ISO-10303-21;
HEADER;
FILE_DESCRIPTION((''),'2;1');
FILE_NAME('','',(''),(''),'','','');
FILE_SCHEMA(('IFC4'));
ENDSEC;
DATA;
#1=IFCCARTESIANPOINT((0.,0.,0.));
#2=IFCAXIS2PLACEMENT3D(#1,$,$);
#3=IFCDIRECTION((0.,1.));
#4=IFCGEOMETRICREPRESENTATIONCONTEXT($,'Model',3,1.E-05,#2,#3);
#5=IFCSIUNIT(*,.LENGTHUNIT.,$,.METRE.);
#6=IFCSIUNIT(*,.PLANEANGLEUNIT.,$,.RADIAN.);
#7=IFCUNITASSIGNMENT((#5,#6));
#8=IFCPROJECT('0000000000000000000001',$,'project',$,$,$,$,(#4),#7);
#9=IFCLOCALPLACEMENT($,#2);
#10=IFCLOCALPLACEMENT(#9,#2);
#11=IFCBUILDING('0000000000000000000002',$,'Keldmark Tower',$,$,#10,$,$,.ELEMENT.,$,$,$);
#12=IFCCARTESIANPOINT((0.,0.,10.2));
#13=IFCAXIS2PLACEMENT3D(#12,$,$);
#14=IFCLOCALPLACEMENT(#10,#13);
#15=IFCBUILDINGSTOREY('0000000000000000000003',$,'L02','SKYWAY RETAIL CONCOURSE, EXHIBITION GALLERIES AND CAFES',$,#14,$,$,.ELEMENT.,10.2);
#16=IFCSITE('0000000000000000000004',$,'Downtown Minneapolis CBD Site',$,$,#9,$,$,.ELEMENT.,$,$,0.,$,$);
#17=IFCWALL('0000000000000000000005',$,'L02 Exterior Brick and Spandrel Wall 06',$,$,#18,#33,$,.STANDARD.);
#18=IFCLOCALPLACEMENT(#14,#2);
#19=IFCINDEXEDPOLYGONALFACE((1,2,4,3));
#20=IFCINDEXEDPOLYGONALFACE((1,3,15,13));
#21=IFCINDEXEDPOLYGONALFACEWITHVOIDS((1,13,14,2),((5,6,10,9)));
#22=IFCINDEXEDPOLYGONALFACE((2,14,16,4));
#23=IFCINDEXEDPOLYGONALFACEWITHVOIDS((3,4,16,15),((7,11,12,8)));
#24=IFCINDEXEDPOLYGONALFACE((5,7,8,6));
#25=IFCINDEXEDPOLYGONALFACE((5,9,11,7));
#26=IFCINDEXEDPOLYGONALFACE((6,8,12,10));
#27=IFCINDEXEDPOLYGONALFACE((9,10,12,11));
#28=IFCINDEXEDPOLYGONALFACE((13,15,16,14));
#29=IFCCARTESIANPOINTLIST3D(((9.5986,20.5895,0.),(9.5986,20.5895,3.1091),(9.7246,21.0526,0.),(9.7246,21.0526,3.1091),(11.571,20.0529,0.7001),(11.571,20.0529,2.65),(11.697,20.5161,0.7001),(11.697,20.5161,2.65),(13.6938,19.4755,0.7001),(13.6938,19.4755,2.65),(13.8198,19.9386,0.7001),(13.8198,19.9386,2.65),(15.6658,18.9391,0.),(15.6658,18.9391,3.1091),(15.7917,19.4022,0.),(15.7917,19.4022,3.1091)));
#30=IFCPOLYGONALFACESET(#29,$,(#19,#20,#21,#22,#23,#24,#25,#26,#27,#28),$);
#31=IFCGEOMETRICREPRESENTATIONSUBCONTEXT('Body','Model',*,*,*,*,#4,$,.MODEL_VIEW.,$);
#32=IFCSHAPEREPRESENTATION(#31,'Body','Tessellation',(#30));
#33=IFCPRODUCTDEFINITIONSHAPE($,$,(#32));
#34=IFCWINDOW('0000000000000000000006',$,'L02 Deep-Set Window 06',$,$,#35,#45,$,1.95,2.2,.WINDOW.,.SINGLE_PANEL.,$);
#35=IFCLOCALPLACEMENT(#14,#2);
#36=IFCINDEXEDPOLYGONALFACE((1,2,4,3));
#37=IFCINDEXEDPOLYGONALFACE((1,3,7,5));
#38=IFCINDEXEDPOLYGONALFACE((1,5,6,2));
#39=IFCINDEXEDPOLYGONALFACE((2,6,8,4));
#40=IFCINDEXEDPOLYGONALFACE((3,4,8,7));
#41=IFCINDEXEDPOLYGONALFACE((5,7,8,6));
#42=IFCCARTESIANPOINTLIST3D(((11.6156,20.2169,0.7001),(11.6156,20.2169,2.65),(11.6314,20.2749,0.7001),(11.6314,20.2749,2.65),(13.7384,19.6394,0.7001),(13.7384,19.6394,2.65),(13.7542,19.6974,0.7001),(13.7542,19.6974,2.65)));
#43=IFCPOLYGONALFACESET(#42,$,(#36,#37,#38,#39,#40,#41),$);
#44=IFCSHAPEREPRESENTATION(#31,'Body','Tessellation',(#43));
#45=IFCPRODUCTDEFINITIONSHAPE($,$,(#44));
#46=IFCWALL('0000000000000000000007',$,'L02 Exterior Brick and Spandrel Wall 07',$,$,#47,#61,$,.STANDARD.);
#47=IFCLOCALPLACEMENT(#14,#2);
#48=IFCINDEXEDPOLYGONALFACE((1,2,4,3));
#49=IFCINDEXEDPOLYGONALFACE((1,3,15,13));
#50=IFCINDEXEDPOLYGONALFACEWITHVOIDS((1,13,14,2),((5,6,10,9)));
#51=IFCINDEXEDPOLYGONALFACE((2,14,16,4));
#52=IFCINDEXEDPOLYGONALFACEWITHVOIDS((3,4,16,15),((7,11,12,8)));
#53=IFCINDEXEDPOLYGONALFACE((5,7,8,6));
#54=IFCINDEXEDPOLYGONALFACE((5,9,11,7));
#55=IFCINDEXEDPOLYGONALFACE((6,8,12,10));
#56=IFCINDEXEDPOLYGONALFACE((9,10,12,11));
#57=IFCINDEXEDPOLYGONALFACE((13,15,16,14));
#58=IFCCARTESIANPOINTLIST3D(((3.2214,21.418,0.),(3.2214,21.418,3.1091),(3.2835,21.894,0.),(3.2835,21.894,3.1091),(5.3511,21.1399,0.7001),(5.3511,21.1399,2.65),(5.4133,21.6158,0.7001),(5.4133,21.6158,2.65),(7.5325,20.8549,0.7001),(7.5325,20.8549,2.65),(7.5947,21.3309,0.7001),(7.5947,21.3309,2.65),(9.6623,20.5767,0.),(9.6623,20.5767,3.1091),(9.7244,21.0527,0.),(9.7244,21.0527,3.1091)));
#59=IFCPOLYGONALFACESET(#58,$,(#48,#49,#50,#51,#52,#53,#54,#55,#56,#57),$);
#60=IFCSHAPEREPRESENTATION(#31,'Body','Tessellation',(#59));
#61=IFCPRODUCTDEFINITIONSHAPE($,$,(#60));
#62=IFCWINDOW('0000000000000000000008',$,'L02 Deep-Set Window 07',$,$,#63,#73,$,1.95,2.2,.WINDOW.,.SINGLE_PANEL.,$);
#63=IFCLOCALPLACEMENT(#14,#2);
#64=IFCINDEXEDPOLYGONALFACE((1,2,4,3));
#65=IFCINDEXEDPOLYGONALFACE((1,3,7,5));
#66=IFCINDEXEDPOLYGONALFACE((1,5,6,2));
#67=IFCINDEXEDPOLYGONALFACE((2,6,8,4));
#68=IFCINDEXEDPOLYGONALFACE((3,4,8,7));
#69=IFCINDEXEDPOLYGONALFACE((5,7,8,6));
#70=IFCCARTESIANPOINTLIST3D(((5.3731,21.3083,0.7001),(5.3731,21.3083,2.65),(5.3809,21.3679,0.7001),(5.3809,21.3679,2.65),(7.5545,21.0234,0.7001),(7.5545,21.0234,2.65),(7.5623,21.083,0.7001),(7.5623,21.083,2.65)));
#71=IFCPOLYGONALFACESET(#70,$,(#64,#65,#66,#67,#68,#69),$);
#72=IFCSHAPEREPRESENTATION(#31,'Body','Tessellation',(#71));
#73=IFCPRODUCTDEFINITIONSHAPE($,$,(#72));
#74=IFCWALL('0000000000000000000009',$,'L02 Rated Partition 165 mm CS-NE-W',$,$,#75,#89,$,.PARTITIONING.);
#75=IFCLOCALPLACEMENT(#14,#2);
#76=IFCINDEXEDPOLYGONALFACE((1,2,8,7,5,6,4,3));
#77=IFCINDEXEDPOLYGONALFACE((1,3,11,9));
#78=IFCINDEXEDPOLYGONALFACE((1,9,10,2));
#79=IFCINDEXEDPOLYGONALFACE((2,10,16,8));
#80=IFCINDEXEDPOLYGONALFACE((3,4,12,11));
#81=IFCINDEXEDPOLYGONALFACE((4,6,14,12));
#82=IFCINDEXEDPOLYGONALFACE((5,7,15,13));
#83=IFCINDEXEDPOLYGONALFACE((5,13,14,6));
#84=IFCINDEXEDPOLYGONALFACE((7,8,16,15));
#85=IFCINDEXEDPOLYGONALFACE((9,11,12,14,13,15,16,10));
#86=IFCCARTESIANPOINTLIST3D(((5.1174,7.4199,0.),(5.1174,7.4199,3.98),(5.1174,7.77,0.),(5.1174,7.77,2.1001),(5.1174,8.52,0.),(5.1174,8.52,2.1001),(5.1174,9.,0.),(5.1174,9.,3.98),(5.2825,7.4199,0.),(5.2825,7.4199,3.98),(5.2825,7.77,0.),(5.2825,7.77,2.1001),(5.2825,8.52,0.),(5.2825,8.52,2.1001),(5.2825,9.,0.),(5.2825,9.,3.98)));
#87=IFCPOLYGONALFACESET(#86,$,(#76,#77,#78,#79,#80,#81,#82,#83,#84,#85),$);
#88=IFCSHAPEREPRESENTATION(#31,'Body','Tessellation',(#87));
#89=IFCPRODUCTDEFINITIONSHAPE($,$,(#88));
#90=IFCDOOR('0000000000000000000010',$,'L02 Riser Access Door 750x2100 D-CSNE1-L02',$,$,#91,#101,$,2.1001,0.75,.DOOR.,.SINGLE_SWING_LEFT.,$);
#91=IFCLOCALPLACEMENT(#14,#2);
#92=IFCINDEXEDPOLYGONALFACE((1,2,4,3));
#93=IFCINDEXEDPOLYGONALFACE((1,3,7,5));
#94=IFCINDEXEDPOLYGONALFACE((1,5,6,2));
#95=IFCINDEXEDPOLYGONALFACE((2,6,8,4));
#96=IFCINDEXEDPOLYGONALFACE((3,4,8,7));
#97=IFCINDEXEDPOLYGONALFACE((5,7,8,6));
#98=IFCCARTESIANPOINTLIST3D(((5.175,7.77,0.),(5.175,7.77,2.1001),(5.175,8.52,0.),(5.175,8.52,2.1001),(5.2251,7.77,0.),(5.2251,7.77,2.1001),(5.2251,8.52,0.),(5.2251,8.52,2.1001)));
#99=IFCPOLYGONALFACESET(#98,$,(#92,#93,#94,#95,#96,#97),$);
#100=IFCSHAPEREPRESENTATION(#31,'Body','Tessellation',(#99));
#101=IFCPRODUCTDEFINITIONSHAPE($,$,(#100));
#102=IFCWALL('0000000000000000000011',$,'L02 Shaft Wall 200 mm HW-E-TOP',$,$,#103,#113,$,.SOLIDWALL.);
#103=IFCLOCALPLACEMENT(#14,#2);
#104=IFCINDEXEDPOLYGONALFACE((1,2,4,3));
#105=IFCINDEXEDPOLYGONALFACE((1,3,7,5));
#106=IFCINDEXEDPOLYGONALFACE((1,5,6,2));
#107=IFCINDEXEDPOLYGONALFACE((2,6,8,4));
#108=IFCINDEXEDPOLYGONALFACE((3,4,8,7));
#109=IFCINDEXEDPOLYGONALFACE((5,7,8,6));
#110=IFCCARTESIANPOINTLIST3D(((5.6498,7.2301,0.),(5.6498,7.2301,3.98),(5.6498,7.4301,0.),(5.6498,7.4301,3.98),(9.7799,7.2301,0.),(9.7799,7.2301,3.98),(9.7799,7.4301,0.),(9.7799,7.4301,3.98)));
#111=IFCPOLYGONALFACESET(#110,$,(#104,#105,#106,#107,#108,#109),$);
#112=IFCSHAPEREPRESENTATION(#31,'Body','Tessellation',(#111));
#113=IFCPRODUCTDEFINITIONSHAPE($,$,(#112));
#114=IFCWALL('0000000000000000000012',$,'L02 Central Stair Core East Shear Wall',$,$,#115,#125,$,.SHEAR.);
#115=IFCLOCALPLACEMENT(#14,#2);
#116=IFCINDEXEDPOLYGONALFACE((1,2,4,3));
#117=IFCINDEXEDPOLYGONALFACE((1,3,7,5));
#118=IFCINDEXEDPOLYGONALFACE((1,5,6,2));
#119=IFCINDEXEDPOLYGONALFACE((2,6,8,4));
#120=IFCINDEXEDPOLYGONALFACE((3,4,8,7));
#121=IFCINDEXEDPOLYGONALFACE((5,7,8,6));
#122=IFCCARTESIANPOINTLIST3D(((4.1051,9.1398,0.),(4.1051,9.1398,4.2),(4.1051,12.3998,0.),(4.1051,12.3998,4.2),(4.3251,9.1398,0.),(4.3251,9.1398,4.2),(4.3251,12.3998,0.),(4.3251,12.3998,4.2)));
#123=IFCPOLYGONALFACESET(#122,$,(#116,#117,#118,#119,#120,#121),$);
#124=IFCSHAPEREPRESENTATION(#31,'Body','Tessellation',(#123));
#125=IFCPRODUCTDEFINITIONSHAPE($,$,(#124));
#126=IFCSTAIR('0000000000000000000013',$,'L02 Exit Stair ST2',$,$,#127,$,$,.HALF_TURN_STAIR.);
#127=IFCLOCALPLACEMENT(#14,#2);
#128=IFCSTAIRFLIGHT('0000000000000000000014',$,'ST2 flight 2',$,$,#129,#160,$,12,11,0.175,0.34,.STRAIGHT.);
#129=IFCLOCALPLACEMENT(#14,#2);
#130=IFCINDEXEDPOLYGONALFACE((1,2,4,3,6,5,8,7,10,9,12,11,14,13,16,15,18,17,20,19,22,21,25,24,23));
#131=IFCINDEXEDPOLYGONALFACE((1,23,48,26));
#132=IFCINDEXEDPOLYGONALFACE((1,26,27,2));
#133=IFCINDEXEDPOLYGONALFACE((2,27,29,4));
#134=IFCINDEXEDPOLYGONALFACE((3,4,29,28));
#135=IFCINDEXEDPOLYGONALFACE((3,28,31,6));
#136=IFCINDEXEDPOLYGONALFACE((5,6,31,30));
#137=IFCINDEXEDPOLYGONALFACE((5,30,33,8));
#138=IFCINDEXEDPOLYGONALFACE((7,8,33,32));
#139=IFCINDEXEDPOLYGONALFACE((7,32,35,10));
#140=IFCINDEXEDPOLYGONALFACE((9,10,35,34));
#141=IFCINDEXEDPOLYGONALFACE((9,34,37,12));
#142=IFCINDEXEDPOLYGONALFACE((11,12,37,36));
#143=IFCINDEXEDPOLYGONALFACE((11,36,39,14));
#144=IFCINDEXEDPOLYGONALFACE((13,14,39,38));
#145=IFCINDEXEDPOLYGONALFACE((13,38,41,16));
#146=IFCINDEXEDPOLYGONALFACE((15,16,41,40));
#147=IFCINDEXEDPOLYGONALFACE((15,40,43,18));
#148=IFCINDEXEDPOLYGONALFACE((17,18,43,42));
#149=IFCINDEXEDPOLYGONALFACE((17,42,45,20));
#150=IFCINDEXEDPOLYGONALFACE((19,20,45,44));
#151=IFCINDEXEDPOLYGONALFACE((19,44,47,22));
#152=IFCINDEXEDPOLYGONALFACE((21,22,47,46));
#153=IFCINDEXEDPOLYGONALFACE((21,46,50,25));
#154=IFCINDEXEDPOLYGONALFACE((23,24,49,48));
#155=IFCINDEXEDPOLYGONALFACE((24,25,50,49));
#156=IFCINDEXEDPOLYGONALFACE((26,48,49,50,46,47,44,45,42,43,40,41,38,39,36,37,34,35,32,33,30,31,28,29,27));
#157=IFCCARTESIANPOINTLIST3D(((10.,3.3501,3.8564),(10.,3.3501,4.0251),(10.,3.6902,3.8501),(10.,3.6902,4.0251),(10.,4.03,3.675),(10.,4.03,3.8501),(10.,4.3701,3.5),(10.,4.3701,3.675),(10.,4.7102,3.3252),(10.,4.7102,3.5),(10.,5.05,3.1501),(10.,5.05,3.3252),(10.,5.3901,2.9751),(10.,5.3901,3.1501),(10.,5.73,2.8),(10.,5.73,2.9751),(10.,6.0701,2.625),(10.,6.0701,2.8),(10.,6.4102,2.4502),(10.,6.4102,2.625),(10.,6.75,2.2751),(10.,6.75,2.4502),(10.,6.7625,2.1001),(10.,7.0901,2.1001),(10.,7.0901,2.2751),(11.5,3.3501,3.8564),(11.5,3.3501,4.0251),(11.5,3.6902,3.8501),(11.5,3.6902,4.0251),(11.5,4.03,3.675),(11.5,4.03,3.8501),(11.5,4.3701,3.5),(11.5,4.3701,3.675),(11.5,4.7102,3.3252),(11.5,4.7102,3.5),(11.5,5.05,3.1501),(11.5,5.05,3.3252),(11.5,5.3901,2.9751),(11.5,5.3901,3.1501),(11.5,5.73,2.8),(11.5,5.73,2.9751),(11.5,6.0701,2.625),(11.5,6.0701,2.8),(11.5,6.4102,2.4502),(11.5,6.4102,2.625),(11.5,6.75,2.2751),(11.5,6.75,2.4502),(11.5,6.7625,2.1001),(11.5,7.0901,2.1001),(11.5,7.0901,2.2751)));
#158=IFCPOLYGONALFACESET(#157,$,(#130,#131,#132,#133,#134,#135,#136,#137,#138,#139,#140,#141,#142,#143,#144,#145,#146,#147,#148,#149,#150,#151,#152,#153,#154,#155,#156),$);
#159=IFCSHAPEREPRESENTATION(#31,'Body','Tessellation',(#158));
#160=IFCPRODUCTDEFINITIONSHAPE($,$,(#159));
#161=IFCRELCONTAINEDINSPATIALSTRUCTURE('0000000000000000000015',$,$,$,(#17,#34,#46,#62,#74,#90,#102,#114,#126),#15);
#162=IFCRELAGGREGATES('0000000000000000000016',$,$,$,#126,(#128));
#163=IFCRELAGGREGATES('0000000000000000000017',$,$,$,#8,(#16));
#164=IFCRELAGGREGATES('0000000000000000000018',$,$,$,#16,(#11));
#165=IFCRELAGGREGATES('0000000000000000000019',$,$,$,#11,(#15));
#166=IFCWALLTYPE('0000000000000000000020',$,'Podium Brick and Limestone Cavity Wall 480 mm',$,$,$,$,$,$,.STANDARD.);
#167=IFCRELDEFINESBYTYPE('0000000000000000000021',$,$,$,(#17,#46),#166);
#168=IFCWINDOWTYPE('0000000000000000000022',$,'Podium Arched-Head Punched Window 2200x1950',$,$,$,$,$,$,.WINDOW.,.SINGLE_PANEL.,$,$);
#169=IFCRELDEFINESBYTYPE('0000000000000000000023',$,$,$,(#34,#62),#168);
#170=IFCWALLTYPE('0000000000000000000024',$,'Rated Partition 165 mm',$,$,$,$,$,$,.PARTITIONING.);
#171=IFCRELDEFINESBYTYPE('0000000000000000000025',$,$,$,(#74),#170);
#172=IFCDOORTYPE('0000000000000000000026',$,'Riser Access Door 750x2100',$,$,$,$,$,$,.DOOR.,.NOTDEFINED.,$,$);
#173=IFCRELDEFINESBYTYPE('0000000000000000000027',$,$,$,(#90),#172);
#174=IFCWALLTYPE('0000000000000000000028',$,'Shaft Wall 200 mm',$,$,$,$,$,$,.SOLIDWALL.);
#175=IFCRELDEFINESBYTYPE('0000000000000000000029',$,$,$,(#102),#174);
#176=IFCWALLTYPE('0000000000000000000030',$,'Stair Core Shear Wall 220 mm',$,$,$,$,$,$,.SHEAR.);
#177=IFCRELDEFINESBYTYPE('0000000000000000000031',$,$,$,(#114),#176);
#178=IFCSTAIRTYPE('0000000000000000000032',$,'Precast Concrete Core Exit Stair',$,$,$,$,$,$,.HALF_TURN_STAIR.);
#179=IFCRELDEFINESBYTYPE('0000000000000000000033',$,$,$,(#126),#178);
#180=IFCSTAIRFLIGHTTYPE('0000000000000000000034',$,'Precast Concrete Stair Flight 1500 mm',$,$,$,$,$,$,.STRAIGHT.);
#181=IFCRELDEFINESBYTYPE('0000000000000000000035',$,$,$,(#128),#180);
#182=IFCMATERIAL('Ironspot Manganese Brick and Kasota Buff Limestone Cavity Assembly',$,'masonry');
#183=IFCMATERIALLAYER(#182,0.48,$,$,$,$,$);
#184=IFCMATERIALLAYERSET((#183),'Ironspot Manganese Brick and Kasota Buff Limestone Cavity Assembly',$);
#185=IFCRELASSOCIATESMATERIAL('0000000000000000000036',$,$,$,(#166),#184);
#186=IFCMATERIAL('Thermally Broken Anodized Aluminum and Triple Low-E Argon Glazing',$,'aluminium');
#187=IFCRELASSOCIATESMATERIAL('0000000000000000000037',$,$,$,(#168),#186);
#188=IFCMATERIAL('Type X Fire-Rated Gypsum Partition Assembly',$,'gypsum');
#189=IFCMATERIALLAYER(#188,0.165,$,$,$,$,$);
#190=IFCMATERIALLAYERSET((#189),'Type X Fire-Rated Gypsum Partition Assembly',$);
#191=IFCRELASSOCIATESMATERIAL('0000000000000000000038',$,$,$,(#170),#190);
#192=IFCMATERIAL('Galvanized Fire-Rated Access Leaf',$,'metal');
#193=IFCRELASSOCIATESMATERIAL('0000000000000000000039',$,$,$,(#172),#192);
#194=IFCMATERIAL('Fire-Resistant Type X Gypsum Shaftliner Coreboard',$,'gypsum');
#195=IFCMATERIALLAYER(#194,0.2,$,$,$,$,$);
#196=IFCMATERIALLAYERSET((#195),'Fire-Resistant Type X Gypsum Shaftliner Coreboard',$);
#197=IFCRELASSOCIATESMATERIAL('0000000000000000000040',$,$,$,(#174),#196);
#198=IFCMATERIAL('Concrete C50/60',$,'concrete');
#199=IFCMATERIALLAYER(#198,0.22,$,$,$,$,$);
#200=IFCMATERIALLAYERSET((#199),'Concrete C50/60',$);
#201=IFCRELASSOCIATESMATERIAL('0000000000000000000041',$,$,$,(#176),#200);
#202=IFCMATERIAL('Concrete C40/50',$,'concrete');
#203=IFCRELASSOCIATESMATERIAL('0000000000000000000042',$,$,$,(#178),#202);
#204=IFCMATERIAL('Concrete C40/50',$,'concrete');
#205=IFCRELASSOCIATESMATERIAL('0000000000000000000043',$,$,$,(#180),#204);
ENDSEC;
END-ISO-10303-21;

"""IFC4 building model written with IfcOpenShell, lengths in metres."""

from ifc_helpers import new_model, si_unit, direction, frame, frame_2d, origin, place, context, subcontext, project, spatial, polyline, rectangle, outline, extrude, material, layer, layer_set, type_object, element, fill, aggregate, save


model = new_model("IFC4")

# Units and contexts
model_context = context("Model", 3, precision=1e-05, world=origin(), true_north=direction((0.0, 1.0)))
body_context = subcontext(model_context, "Body", "Model", "MODEL_VIEW")
ifc_project = project(units=[si_unit("LENGTHUNIT", "METRE"), si_unit("PLANEANGLEUNIT", "RADIAN")], contexts=[model_context])

# Site, building, storey
site_placement = place(None, origin())
site = spatial("IfcSite", under=ifc_project, at=site_placement, Name="Downtown Minneapolis CBD Site", CompositionType="ELEMENT", RefElevation=0.0)
building_placement = place(site_placement, origin())
building = spatial("IfcBuilding", under=site, at=building_placement, Name="Keldmark Tower", CompositionType="ELEMENT")
storey_placement = place(building_placement, frame((0.0, 0.0, 10.2)))
storey = spatial("IfcBuildingStorey", under=building, at=storey_placement, Name="L02", Description="SKYWAY RETAIL CONCOURSE, EXHIBITION GALLERIES AND CAFES", CompositionType="ELEMENT", Elevation=10.2)

# Walls, openings, windows
ifc_material_1 = material(Name="Ironspot Manganese Brick and Kasota Buff Limestone Cavity Assembly", Category="masonry")
ifc_layer_1 = layer(ifc_material_1, 0.48)
ifc_layer_set_1 = layer_set([ifc_layer_1], Name="Ironspot Manganese Brick and Kasota Buff Limestone Cavity Assembly")
wall_type_1 = type_object("IfcWallType", Name="Podium Brick and Limestone Cavity Wall 480 mm", PredefinedType="STANDARD", material=ifc_layer_set_1)
wall_1_placement = place(storey_placement, frame((9.6616, 20.821, 0.0), z_axis=(0.0, 0.0, 1.0), x_axis=(0.964937, -0.262483, 0.0)))
wall_1 = element("IfcWall", 1, at=wall_1_placement, inside=storey, type_object=wall_type_1, Name="L02 Exterior Brick and Spandrel Wall 06", PredefinedType="STANDARD", context=body_context, shape_type="SweptSolid", body=[
    extrude(rectangle(XDim=6.2876, YDim=0.48, at=frame_2d((3.1438, 0.0))), origin(), (0.0, 0.0, 1.0), 3.1091),
])
opening_1_placement = place(wall_1_placement, frame((2.0439, 0.0, 0.7)))
opening_1 = element("IfcOpeningElement", 2, at=opening_1_placement, cuts=wall_1, PredefinedType="OPENING", context=body_context, shape_type="SweptSolid", body=[
    extrude(rectangle(XDim=2.2, YDim=1.95, at=frame_2d((1.1001, 0.9751))), frame((0.0, 0.25, 0.0), z_axis=(0.0, -1.0, 0.0), x_axis=(1.0, 0.0, 0.0)), (0.0, 0.0, 1.0), 0.5),
])
ifc_material_2 = material(Name="Thermally Broken Anodized Aluminum and Triple Low-E Argon Glazing", Category="aluminium")
window_type = type_object("IfcWindowType", Name="Podium Arched-Head Punched Window 2200x1950", PartitioningType="SINGLE_PANEL", PredefinedType="WINDOW", material=ifc_material_2)
window_1_placement = place(opening_1_placement, origin())
window_1 = element("IfcWindow", 3, at=window_1_placement, inside=storey, type_object=window_type, Name="L02 Deep-Set Window 06", OverallHeight=1.95, OverallWidth=2.2, PartitioningType="SINGLE_PANEL", PredefinedType="WINDOW", context=body_context, shape_type="SweptSolid", body=[
    extrude(rectangle(XDim=2.2, YDim=1.95, at=frame_2d((1.1001, 0.9751))), frame((0.0, -0.01, 0.0), z_axis=(0.0, -1.0, 0.0), x_axis=(1.0, 0.0, 0.0)), (0.0, 0.0, 1.0), 0.0601),
])
fill(opening_1, window_1)
wall_2_placement = place(storey_placement, frame((3.2524, 21.656, 0.0), z_axis=(0.0, 0.0, 1.0), x_axis=(0.991577, -0.129519, 0.0)))
wall_2 = element("IfcWall", 4, at=wall_2_placement, inside=storey, type_object=wall_type_1, Name="L02 Exterior Brick and Spandrel Wall 07", PredefinedType="STANDARD", context=body_context, shape_type="SweptSolid", body=[
    extrude(rectangle(XDim=6.4956, YDim=0.48, at=frame_2d((3.2478, 0.0))), origin(), (0.0, 0.0, 1.0), 3.1091),
])
opening_2_placement = place(wall_2_placement, frame((2.1477, 0.0, 0.7)))
opening_2 = element("IfcOpeningElement", 5, at=opening_2_placement, cuts=wall_2, PredefinedType="OPENING", context=body_context, shape_type="SweptSolid", body=[
    extrude(rectangle(XDim=2.2, YDim=1.95, at=frame_2d((1.1001, 0.9751))), frame((0.0, 0.25, 0.0), z_axis=(0.0, -1.0, 0.0), x_axis=(1.0, 0.0, 0.0)), (0.0, 0.0, 1.0), 0.5),
])
window_2_placement = place(opening_2_placement, origin())
window_2 = element("IfcWindow", 6, at=window_2_placement, inside=storey, type_object=window_type, Name="L02 Deep-Set Window 07", OverallHeight=1.95, OverallWidth=2.2, PartitioningType="SINGLE_PANEL", PredefinedType="WINDOW", context=body_context, shape_type="SweptSolid", body=[
    extrude(rectangle(XDim=2.2, YDim=1.95, at=frame_2d((1.1001, 0.9751))), frame((0.0, -0.01, 0.0), z_axis=(0.0, -1.0, 0.0), x_axis=(1.0, 0.0, 0.0)), (0.0, 0.0, 1.0), 0.0601),
])
fill(opening_2, window_2)

# Wall, opening, door
ifc_material_3 = material(Name="Type X Fire-Rated Gypsum Partition Assembly", Category="gypsum")
ifc_layer_2 = layer(ifc_material_3, 0.165)
ifc_layer_set_2 = layer_set([ifc_layer_2], Name="Type X Fire-Rated Gypsum Partition Assembly")
wall_type_2 = type_object("IfcWallType", Name="Rated Partition 165 mm", PredefinedType="PARTITIONING", material=ifc_layer_set_2)
wall_3_placement = place(storey_placement, frame((5.2, 7.4199, 0.0), z_axis=(0.0, 0.0, 1.0), x_axis=(0.0, 1.0, 0.0)))
wall_3 = element("IfcWall", 7, at=wall_3_placement, inside=storey, type_object=wall_type_2, Name="L02 Rated Partition 165 mm CS-NE-W", PredefinedType="PARTITIONING", context=body_context, shape_type="SweptSolid", body=[
    extrude(rectangle(XDim=1.5801, YDim=0.165, at=frame_2d((0.79, 0.0))), origin(), (0.0, 0.0, 1.0), 3.98),
])
opening_3_placement = place(wall_3_placement, frame((0.3501, 0.0, 0.0)))
opening_3 = element("IfcOpeningElement", 8, at=opening_3_placement, cuts=wall_3, PredefinedType="OPENING", context=body_context, shape_type="SweptSolid", body=[
    extrude(rectangle(XDim=0.75, YDim=2.1001, at=frame_2d((0.375, 1.05))), frame((0.0, 0.0925, 0.0), z_axis=(0.0, -1.0, 0.0), x_axis=(1.0, 0.0, 0.0)), (0.0, 0.0, 1.0), 0.1851),
])
ifc_material_4 = material(Name="Galvanized Fire-Rated Access Leaf", Category="metal")
door_type = type_object("IfcDoorType", Name="Riser Access Door 750x2100", OperationType="NOTDEFINED", PredefinedType="DOOR", material=ifc_material_4)
door_placement = place(opening_3_placement, origin())
door = element("IfcDoor", 9, at=door_placement, inside=storey, type_object=door_type, Name="L02 Riser Access Door 750x2100 D-CSNE1-L02", OperationType="SINGLE_SWING_LEFT", OverallHeight=2.1001, OverallWidth=0.75, PredefinedType="DOOR", context=body_context, shape_type="SweptSolid", body=[
    extrude(rectangle(XDim=0.75, YDim=2.1001, at=frame_2d((0.375, 1.05))), frame((0.0, 0.0249, 0.0), z_axis=(0.0, -1.0, 0.0), x_axis=(1.0, 0.0, 0.0)), (0.0, 0.0, 1.0), 0.05),
])
fill(opening_3, door)

# Walls
ifc_material_5 = material(Name="Fire-Resistant Type X Gypsum Shaftliner Coreboard", Category="gypsum")
ifc_layer_3 = layer(ifc_material_5, 0.2)
ifc_layer_set_3 = layer_set([ifc_layer_3], Name="Fire-Resistant Type X Gypsum Shaftliner Coreboard")
wall_type_3 = type_object("IfcWallType", Name="Shaft Wall 200 mm", PredefinedType="SOLIDWALL", material=ifc_layer_set_3)
wall_4_placement = place(storey_placement, frame((5.6499, 7.3301, 0.0), z_axis=(0.0, 0.0, 1.0), x_axis=(1.0, 0.0, 0.0)))
element("IfcWall", 10, at=wall_4_placement, inside=storey, type_object=wall_type_3, Name="L02 Shaft Wall 200 mm HW-E-TOP", PredefinedType="SOLIDWALL", context=body_context, shape_type="SweptSolid", body=[
    extrude(rectangle(XDim=4.1301, YDim=0.2, at=frame_2d((2.0649, 0.0))), origin(), (0.0, 0.0, 1.0), 3.98),
])
ifc_material_6 = material(Name="Concrete C50/60", Category="concrete")
ifc_layer_4 = layer(ifc_material_6, 0.22)
ifc_layer_set_4 = layer_set([ifc_layer_4], Name="Concrete C50/60")
wall_type_4 = type_object("IfcWallType", Name="Stair Core Shear Wall 220 mm", PredefinedType="SHEAR", material=ifc_layer_set_4)
wall_5_placement = place(storey_placement, frame((4.2151, 9.1399, 0.0), z_axis=(0.0, 0.0, 1.0), x_axis=(0.0, 1.0, 0.0)))
element("IfcWall", 11, at=wall_5_placement, inside=storey, type_object=wall_type_4, Name="L02 Central Stair Core East Shear Wall", PredefinedType="SHEAR", context=body_context, shape_type="SweptSolid", body=[
    extrude(rectangle(XDim=3.26, YDim=0.22, at=frame_2d((1.6299, 0.0))), origin(), (0.0, 0.0, 1.0), 4.2),
])

# Stair, stair flight
ifc_material_7 = material(Name="Concrete C40/50", Category="concrete")
stair_type = type_object("IfcStairType", Name="Precast Concrete Core Exit Stair", PredefinedType="HALF_TURN_STAIR", material=ifc_material_7)
stair_1_placement = place(storey_placement, origin())
stair_1 = element("IfcStair", 12, at=stair_1_placement, inside=storey, type_object=stair_type, Name="L02 Exit Stair ST2", PredefinedType="HALF_TURN_STAIR")
ifc_material_8 = material(Name="Concrete C40/50", Category="concrete")
stair_flight_type = type_object("IfcStairFlightType", Name="Precast Concrete Stair Flight 1500 mm", PredefinedType="STRAIGHT", material=ifc_material_8)
stair_flight_1_placement = place(storey_placement, frame((10.75, 7.0901, 2.1001), z_axis=(0.0, 0.0, 1.0), x_axis=(0.0, -1.0, 0.0)))
stair_flight_1 = element("IfcStairFlight", 13, at=stair_flight_1_placement, type_object=stair_flight_type, Name="ST2 flight 2", NumberOfRisers=12, NumberOfTreads=11, PredefinedType="STRAIGHT", RiserHeight=0.175, TreadLength=0.34, context=body_context, shape_type="SweptSolid", body=[
    extrude(outline(polyline([(0.0, 0.0), (0.0, 0.175), (0.3401, 0.175), (0.3401, 0.3501), (0.6799, 0.3501), (0.6799, 0.5249), (1.02, 0.5249), (1.02, 0.7), (1.3601, 0.7), (1.3601, 0.875), (1.7, 0.875), (1.7, 1.05), (2.04, 1.05), (2.04, 1.2251), (2.3799, 1.2251), (2.3799, 1.3999), (2.72, 1.3999), (2.72, 1.575), (3.0601, 1.575), (3.0601, 1.75), (3.3999, 1.75), (3.3999, 1.925), (3.74, 1.925), (3.74, 2.1001), (3.74, 1.7563), (0.3276, 0.0), (0.0, 0.0)])), frame((0.0, 0.75, 0.0), z_axis=(0.0, -1.0, 0.0), x_axis=(1.0, 0.0, 0.0)), (0.0, 0.0, 1.0), 1.5),
])
aggregate(stair_1, [stair_flight_1])

save(model, "model.ifc")
